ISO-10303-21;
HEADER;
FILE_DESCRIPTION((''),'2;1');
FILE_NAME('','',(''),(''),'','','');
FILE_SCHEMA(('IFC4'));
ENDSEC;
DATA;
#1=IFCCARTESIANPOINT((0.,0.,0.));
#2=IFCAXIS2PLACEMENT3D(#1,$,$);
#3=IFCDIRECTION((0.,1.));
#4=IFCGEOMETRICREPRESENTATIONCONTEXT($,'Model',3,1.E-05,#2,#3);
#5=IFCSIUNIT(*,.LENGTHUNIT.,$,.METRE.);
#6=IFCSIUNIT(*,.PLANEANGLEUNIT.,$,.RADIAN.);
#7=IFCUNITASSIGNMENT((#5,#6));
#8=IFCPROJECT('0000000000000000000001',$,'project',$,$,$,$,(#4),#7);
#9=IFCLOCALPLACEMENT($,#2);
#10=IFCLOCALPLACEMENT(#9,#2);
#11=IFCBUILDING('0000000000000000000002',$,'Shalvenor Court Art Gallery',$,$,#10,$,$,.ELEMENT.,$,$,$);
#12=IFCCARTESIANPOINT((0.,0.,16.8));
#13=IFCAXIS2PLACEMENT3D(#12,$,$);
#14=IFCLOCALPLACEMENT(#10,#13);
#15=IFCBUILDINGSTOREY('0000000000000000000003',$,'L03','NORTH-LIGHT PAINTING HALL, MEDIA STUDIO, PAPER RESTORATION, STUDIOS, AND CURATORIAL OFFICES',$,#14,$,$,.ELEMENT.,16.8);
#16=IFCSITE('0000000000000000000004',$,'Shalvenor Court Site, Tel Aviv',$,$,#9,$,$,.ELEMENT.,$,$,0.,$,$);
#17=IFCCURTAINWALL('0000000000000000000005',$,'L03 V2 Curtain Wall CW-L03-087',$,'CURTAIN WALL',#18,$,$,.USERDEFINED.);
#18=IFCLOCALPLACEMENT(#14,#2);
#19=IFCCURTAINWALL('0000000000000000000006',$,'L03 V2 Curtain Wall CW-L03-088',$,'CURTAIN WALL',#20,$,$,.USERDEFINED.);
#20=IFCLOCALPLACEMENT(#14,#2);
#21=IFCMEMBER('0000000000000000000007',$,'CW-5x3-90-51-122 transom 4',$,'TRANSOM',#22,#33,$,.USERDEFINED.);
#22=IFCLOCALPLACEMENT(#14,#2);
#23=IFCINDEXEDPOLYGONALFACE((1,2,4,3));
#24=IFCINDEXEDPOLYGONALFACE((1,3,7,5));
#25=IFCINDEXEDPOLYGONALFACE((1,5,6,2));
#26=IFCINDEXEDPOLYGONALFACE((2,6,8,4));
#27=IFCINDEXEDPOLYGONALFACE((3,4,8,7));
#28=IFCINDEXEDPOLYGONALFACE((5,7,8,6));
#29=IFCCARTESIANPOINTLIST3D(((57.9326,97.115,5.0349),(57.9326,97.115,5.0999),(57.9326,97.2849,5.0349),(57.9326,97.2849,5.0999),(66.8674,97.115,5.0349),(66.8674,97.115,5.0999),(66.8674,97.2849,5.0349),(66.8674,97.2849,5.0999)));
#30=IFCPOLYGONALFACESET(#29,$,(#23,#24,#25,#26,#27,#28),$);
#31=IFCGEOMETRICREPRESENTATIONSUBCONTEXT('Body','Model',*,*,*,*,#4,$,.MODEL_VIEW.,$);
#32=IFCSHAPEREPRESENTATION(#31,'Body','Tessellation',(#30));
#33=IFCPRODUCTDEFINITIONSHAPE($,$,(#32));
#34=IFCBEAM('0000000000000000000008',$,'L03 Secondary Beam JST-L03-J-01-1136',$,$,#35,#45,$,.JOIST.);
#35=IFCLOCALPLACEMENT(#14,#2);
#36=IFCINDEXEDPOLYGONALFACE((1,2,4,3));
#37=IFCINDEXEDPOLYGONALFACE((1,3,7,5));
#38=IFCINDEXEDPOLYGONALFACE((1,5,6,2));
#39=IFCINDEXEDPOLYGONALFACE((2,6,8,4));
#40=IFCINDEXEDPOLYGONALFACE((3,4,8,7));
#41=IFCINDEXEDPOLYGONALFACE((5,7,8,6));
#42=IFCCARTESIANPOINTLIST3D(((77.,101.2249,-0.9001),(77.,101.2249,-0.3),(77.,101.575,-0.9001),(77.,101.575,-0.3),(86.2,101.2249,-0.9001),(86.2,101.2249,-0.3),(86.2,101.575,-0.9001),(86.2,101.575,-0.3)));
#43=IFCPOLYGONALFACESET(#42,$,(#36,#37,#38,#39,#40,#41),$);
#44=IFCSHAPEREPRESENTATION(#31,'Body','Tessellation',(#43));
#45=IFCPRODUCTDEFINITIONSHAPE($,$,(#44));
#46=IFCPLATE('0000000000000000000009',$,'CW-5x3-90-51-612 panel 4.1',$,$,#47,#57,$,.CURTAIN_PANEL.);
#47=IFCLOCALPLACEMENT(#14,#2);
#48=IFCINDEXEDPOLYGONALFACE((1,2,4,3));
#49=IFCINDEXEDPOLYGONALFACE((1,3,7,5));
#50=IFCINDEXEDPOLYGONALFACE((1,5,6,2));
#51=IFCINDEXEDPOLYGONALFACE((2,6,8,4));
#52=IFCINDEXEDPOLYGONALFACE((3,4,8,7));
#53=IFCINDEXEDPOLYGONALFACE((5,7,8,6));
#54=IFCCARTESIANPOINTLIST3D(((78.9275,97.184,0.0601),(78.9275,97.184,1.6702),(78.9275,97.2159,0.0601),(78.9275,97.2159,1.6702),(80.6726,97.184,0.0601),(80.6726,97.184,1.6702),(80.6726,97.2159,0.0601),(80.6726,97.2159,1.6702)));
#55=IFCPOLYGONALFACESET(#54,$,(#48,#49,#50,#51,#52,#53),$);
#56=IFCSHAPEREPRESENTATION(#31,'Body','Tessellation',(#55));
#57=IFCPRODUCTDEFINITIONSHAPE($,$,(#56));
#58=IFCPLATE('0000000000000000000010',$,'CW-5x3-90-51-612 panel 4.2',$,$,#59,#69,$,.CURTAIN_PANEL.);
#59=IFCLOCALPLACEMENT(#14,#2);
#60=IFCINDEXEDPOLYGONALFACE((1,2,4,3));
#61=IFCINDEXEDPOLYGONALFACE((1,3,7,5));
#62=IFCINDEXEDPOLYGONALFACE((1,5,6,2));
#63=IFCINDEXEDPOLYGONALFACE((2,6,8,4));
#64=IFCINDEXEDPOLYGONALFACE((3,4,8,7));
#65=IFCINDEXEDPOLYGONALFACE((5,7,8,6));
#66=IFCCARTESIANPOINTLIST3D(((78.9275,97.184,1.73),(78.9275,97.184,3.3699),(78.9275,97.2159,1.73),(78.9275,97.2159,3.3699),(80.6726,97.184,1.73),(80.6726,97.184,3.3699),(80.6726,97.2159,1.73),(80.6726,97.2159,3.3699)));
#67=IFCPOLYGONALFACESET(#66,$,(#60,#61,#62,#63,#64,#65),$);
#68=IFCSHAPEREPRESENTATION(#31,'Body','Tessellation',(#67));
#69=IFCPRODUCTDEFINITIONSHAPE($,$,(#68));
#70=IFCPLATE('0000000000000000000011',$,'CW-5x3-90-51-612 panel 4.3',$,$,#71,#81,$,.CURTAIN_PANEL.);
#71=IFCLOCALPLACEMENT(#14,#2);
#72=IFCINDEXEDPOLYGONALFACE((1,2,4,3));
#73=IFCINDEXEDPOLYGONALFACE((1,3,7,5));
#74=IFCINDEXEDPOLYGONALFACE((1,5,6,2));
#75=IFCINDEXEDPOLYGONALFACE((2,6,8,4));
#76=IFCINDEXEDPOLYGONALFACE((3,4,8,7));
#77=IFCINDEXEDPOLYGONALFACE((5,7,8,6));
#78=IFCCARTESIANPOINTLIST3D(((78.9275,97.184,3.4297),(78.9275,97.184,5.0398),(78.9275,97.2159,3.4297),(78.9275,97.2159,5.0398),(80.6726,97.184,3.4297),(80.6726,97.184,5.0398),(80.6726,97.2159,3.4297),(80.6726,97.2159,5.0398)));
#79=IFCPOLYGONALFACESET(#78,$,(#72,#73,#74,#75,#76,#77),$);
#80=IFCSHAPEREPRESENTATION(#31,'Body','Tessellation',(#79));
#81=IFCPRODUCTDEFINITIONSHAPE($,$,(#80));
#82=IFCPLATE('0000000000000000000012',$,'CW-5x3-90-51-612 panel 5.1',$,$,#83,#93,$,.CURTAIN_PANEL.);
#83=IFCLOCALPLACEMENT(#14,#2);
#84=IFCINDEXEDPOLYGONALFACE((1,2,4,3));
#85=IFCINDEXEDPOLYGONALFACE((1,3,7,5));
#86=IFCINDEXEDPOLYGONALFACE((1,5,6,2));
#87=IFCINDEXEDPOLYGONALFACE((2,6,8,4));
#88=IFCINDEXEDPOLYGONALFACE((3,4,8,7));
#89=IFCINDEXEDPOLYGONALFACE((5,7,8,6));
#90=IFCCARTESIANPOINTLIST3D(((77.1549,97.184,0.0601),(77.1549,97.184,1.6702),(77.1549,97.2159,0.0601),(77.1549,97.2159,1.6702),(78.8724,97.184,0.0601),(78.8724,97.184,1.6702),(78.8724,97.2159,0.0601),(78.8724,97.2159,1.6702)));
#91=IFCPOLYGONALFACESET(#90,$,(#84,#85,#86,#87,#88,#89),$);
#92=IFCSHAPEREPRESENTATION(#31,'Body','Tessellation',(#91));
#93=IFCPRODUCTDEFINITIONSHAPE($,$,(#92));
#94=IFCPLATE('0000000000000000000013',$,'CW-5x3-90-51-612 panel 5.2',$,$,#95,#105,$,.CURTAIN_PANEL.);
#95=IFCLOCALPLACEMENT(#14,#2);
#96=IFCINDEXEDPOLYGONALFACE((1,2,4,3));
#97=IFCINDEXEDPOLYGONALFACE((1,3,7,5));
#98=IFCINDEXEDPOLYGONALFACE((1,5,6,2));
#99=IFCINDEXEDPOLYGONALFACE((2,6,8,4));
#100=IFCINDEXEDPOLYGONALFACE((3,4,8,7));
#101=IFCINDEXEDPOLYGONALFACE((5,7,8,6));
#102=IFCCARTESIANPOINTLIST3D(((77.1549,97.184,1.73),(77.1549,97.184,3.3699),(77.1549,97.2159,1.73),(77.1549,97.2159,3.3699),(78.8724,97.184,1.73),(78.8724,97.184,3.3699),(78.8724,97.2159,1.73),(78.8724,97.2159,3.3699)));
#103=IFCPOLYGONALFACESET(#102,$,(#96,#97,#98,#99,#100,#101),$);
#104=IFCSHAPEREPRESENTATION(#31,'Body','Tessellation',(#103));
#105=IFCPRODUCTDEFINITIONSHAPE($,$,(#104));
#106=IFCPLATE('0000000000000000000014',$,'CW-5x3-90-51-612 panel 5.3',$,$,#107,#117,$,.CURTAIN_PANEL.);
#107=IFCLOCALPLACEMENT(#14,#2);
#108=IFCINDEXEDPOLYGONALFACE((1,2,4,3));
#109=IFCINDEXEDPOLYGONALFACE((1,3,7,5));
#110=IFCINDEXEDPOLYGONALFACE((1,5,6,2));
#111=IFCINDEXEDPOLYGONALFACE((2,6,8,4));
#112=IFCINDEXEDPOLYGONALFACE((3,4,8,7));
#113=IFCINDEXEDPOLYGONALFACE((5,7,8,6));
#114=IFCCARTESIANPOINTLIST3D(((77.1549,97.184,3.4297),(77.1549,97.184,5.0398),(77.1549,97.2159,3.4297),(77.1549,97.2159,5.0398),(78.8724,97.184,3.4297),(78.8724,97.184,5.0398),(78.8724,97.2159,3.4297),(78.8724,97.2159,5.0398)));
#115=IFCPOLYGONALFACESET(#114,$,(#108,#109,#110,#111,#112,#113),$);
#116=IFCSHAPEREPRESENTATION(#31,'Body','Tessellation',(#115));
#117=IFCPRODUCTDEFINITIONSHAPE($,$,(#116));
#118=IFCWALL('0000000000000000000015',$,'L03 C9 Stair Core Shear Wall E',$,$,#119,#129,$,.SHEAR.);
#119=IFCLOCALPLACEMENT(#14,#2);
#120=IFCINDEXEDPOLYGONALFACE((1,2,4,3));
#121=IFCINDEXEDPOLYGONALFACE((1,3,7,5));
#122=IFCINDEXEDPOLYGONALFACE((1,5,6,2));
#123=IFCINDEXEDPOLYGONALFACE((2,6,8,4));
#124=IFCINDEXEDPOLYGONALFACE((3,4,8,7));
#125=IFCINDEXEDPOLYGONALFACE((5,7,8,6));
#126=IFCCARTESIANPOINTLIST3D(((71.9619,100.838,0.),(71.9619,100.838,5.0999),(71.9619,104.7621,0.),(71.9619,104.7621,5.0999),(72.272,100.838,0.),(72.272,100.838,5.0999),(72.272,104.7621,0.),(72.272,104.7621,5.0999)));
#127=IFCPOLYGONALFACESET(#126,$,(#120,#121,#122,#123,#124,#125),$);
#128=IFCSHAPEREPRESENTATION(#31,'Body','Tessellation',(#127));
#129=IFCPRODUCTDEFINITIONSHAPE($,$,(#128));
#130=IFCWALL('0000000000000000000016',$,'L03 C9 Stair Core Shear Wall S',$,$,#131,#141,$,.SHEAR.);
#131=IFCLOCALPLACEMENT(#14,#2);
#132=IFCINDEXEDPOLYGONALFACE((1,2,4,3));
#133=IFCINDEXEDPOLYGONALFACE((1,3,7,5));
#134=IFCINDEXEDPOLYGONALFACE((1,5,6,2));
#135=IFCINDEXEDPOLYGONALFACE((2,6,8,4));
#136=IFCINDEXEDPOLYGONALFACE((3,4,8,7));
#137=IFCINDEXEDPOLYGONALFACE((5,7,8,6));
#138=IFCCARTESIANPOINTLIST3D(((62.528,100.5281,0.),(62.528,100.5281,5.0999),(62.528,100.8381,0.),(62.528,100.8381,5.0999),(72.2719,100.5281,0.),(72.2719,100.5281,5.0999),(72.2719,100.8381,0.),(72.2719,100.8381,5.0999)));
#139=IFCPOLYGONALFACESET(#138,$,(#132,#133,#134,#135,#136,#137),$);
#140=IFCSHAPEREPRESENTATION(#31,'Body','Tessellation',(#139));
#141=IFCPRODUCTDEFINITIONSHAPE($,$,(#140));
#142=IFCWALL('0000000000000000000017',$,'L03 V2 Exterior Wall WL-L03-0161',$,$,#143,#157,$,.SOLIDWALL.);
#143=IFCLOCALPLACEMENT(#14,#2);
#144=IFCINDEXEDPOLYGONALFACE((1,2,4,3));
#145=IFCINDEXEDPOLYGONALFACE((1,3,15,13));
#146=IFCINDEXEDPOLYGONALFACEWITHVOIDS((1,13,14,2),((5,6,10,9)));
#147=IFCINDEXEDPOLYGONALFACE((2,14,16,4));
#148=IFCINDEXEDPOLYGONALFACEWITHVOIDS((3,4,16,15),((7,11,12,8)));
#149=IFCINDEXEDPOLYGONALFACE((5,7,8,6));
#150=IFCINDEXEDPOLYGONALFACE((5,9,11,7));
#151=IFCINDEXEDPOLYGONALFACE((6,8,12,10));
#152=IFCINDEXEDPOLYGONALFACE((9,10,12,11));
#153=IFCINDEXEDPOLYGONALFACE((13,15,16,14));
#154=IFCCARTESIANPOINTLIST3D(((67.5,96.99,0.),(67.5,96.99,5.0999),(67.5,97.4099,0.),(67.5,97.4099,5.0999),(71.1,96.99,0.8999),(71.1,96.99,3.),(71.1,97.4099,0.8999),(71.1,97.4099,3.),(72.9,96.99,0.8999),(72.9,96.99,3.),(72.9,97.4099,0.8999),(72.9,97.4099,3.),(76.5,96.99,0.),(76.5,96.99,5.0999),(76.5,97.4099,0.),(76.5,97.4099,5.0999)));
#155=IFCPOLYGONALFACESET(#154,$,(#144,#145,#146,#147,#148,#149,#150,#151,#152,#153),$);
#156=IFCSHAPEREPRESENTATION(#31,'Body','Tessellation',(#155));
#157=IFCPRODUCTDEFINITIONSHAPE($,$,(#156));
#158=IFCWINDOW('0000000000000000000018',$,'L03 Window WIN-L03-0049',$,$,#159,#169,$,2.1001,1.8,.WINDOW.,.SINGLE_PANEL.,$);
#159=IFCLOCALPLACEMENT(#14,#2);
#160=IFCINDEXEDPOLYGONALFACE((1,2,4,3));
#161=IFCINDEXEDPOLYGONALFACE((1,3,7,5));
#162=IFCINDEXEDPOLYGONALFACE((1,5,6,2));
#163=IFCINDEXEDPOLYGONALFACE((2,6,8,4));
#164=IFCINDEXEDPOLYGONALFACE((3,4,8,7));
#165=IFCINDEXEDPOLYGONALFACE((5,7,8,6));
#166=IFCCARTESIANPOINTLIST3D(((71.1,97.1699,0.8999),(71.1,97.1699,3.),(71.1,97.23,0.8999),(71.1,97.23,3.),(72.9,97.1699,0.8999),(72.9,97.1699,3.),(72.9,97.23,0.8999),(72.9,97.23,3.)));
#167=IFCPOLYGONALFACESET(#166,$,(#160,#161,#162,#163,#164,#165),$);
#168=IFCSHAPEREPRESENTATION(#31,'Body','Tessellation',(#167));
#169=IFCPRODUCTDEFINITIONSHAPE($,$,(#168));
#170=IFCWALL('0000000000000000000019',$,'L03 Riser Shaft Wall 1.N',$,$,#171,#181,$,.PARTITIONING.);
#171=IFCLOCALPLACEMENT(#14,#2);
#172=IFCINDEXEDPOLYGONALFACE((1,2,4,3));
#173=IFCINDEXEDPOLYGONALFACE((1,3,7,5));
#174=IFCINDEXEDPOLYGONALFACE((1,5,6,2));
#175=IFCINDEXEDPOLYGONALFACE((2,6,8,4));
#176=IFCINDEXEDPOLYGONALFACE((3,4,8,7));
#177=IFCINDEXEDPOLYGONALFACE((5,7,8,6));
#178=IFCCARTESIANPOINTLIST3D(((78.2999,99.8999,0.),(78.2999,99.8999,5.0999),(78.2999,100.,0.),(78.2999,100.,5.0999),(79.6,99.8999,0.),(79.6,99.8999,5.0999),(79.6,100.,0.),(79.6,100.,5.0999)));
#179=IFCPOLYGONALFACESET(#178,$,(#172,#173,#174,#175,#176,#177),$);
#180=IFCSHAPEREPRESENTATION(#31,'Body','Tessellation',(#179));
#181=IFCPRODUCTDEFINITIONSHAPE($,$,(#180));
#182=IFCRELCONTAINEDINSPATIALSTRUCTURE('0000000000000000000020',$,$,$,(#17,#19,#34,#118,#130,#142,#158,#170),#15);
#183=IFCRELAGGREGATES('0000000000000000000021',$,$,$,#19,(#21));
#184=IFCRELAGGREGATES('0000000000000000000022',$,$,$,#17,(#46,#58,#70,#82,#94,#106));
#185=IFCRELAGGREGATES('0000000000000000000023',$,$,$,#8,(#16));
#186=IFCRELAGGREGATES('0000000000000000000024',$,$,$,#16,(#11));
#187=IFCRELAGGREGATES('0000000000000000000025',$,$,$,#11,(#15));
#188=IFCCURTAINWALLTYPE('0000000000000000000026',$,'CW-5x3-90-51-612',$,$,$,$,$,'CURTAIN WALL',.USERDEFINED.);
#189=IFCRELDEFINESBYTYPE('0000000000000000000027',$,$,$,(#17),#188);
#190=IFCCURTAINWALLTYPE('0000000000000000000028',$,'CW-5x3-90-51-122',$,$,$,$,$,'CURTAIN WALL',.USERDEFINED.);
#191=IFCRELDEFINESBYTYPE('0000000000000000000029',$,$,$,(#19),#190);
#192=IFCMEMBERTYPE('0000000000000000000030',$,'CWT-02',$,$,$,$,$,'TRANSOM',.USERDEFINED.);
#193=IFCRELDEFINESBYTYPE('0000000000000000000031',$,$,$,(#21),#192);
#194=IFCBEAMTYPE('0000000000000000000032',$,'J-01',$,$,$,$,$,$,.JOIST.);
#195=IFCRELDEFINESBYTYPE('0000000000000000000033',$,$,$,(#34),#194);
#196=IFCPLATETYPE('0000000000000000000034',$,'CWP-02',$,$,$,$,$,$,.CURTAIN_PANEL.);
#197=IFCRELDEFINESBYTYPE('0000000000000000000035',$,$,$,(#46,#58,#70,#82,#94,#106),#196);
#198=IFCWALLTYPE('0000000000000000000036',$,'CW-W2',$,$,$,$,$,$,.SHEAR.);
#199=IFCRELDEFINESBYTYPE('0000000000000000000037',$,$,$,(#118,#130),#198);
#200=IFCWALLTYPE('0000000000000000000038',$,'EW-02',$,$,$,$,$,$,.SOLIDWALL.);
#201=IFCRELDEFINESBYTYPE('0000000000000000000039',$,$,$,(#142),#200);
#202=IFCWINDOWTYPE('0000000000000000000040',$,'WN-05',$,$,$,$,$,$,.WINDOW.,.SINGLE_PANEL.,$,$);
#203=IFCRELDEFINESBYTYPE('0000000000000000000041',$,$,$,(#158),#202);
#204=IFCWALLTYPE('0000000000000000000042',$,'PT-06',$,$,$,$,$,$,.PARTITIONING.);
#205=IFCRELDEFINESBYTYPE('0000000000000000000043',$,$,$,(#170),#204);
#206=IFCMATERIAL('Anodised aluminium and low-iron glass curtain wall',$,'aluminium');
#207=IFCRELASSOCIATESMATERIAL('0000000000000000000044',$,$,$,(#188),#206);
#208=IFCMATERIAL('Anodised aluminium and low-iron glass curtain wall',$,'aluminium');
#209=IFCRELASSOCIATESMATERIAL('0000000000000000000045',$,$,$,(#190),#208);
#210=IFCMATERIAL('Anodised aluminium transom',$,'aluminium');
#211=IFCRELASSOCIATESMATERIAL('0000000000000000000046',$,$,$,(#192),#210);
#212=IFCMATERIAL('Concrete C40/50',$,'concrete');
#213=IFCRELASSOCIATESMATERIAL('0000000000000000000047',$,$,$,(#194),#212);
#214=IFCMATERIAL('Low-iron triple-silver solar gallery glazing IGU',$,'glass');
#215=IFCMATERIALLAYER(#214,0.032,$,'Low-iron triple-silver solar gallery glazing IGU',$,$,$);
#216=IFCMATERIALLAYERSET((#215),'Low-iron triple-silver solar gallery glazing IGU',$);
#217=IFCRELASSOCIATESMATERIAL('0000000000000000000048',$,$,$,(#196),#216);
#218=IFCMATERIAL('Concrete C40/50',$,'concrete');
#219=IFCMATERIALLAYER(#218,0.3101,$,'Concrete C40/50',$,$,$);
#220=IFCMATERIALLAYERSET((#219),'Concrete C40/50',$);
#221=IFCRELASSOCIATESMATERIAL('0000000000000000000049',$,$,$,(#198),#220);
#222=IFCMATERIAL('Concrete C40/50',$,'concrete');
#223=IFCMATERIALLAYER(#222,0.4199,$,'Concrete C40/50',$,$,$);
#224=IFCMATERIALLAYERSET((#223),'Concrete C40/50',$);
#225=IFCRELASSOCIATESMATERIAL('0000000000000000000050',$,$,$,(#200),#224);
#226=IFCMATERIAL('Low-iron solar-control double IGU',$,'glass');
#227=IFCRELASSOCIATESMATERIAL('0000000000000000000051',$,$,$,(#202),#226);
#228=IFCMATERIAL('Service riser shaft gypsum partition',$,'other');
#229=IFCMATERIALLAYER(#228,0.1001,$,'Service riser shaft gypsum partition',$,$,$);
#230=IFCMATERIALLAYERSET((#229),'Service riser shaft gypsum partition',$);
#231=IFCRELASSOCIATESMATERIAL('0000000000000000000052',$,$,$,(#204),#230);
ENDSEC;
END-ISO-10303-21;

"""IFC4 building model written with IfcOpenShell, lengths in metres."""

from ifc_helpers import new_model, si_unit, direction, frame, frame_2d, origin, origin_2d, place, context, subcontext, project, spatial, rectangle, extrude, material, layer, layer_set, material_profile, profile_set, type_object, element, fill, aggregate, save


model = new_model("IFC4")

# Units and contexts
model_context = context("Model", 3, precision=1e-05, world=origin(), true_north=direction((0.0, 1.0)))
body_context = subcontext(model_context, "Body", "Model", "MODEL_VIEW")
ifc_project = project(units=[si_unit("LENGTHUNIT", "METRE"), si_unit("PLANEANGLEUNIT", "RADIAN")], contexts=[model_context])

# Site, building, storey
site_placement = place(None, origin())
site = spatial("IfcSite", under=ifc_project, at=site_placement, Name="Shalvenor Court Site, Tel Aviv", CompositionType="ELEMENT", RefElevation=0.0)
building_placement = place(site_placement, origin())
building = spatial("IfcBuilding", under=site, at=building_placement, Name="Shalvenor Court Art Gallery", CompositionType="ELEMENT")
storey_placement = place(building_placement, frame((0.0, 0.0, 16.8)))
storey = spatial("IfcBuildingStorey", under=building, at=storey_placement, Name="L03", Description="NORTH-LIGHT PAINTING HALL, MEDIA STUDIO, PAPER RESTORATION, STUDIOS, AND CURATORIAL OFFICES", CompositionType="ELEMENT", Elevation=16.8)

# Curtain walls, member
ifc_material_1 = material(Name="Anodised aluminium and low-iron glass curtain wall", Category="aluminium")
curtain_wall_type_1 = type_object("IfcCurtainWallType", Name="CW-5x3-90-51-612", ElementType="CURTAIN WALL", PredefinedType="USERDEFINED", material=ifc_material_1)
curtain_wall_1_placement = place(storey_placement, origin())
curtain_wall_1 = element("IfcCurtainWall", 1, at=curtain_wall_1_placement, inside=storey, type_object=curtain_wall_type_1, Name="L03 V2 Curtain Wall CW-L03-087", ObjectType="CURTAIN WALL", PredefinedType="USERDEFINED")
ifc_material_2 = material(Name="Anodised aluminium and low-iron glass curtain wall", Category="aluminium")
curtain_wall_type_2 = type_object("IfcCurtainWallType", Name="CW-5x3-90-51-122", ElementType="CURTAIN WALL", PredefinedType="USERDEFINED", material=ifc_material_2)
curtain_wall_2_placement = place(storey_placement, origin())
curtain_wall_2 = element("IfcCurtainWall", 2, at=curtain_wall_2_placement, inside=storey, type_object=curtain_wall_type_2, Name="L03 V2 Curtain Wall CW-L03-088", ObjectType="CURTAIN WALL", PredefinedType="USERDEFINED")
ifc_material_3 = material(Name="Anodised aluminium transom", Category="aluminium")
ifc_material_profile_1 = material_profile(ifc_material_3, rectangle(XDim=0.1699, YDim=0.0649, at=origin_2d()), Name="CWT-02")
ifc_profile_set_1 = profile_set([ifc_material_profile_1], Name="Anodised aluminium transom")
member_type_1 = type_object("IfcMemberType", Name="CWT-02", ElementType="TRANSOM", PredefinedType="USERDEFINED", material=ifc_profile_set_1)
member_1_placement = place(storey_placement, frame((66.8674, 97.2, 5.0674), z_axis=(-1.0, 0.0, 0.0), x_axis=(0.0, -1.0, 0.0)))
member_1 = element("IfcMember", 3, at=member_1_placement, type_object=member_type_1, Name="CW-5x3-90-51-122 transom 4", ObjectType="TRANSOM", PredefinedType="USERDEFINED", context=body_context, shape_type="SweptSolid", body=[
    extrude(rectangle(XDim=0.1699, YDim=0.0649, at=origin_2d()), origin(), (0.0, 0.0, 1.0), 8.9348),
])
aggregate(curtain_wall_2, [member_1])

# Beam
ifc_material_4 = material(Name="Concrete C40/50", Category="concrete")
ifc_material_profile_2 = material_profile(ifc_material_4, rectangle(XDim=0.3501, YDim=0.6001, at=origin_2d()), Name="RC 350x600")
ifc_profile_set_2 = profile_set([ifc_material_profile_2], Name="Concrete C40/50")
beam_type_1 = type_object("IfcBeamType", Name="J-01", PredefinedType="JOIST", material=ifc_profile_set_2)
beam_1_placement = place(storey_placement, frame((77.0, 101.3999, -0.6001), z_axis=(1.0, 0.0, 0.0), x_axis=(0.0, 1.0, 0.0)))
element("IfcBeam", 4, at=beam_1_placement, inside=storey, type_object=beam_type_1, Name="L03 Secondary Beam JST-L03-J-01-1136", PredefinedType="JOIST", context=body_context, shape_type="SweptSolid", body=[
    extrude(rectangle(XDim=0.3501, YDim=0.6001, at=origin_2d()), origin(), (0.0, 0.0, 1.0), 9.2),
])

# Plates
ifc_material_5 = material(Name="Low-iron triple-silver solar gallery glazing IGU", Category="glass")
ifc_layer_1 = layer(ifc_material_5, 0.032, Name="Low-iron triple-silver solar gallery glazing IGU")
ifc_layer_set_1 = layer_set([ifc_layer_1], Name="Low-iron triple-silver solar gallery glazing IGU")
plate_type = type_object("IfcPlateType", Name="CWP-02", PredefinedType="CURTAIN_PANEL", material=ifc_layer_set_1)
plate_1_placement = place(storey_placement, frame((79.8, 97.2, 0.0601), z_axis=(0.0, 0.0, 1.0), x_axis=(-1.0, 0.0, 0.0)))
plate_1 = element("IfcPlate", 5, at=plate_1_placement, type_object=plate_type, Name="CW-5x3-90-51-612 panel 4.1", PredefinedType="CURTAIN_PANEL", context=body_context, shape_type="SweptSolid", body=[
    extrude(rectangle(XDim=1.7451, YDim=0.032, at=origin_2d()), origin(), (0.0, 0.0, 1.0), 1.6101),
])
plate_2_placement = place(storey_placement, frame((79.8, 97.2, 1.73), z_axis=(0.0, 0.0, 1.0), x_axis=(-1.0, 0.0, 0.0)))
plate_2 = element("IfcPlate", 6, at=plate_2_placement, type_object=plate_type, Name="CW-5x3-90-51-612 panel 4.2", PredefinedType="CURTAIN_PANEL", context=body_context, shape_type="SweptSolid", body=[
    extrude(rectangle(XDim=1.7451, YDim=0.032, at=origin_2d()), origin(), (0.0, 0.0, 1.0), 1.6399),
])
plate_3_placement = place(storey_placement, frame((79.8, 97.2, 3.4297), z_axis=(0.0, 0.0, 1.0), x_axis=(-1.0, 0.0, 0.0)))
plate_3 = element("IfcPlate", 7, at=plate_3_placement, type_object=plate_type, Name="CW-5x3-90-51-612 panel 4.3", PredefinedType="CURTAIN_PANEL", context=body_context, shape_type="SweptSolid", body=[
    extrude(rectangle(XDim=1.7451, YDim=0.032, at=origin_2d()), origin(), (0.0, 0.0, 1.0), 1.6101),
])
plate_4_placement = place(storey_placement, frame((78.0137, 97.2, 0.0601), z_axis=(0.0, 0.0, 1.0), x_axis=(-1.0, 0.0, 0.0)))
plate_4 = element("IfcPlate", 8, at=plate_4_placement, type_object=plate_type, Name="CW-5x3-90-51-612 panel 5.1", PredefinedType="CURTAIN_PANEL", context=body_context, shape_type="SweptSolid", body=[
    extrude(rectangle(XDim=1.7175, YDim=0.032, at=origin_2d()), origin(), (0.0, 0.0, 1.0), 1.6101),
])
plate_5_placement = place(storey_placement, frame((78.0137, 97.2, 1.73), z_axis=(0.0, 0.0, 1.0), x_axis=(-1.0, 0.0, 0.0)))
plate_5 = element("IfcPlate", 9, at=plate_5_placement, type_object=plate_type, Name="CW-5x3-90-51-612 panel 5.2", PredefinedType="CURTAIN_PANEL", context=body_context, shape_type="SweptSolid", body=[
    extrude(rectangle(XDim=1.7175, YDim=0.032, at=origin_2d()), origin(), (0.0, 0.0, 1.0), 1.6399),
])
plate_6_placement = place(storey_placement, frame((78.0137, 97.2, 3.4297), z_axis=(0.0, 0.0, 1.0), x_axis=(-1.0, 0.0, 0.0)))
plate_6 = element("IfcPlate", 10, at=plate_6_placement, type_object=plate_type, Name="CW-5x3-90-51-612 panel 5.3", PredefinedType="CURTAIN_PANEL", context=body_context, shape_type="SweptSolid", body=[
    extrude(rectangle(XDim=1.7175, YDim=0.032, at=origin_2d()), origin(), (0.0, 0.0, 1.0), 1.6101),
])
aggregate(curtain_wall_1, [plate_1, plate_2, plate_3, plate_4, plate_5, plate_6])

# Walls
ifc_material_6 = material(Name="Concrete C40/50", Category="concrete")
ifc_layer_2 = layer(ifc_material_6, 0.3101, Name="Concrete C40/50")
ifc_layer_set_2 = layer_set([ifc_layer_2], Name="Concrete C40/50")
wall_type_1 = type_object("IfcWallType", Name="CW-W2", PredefinedType="SHEAR", material=ifc_layer_set_2)
wall_1_placement = place(storey_placement, frame((72.1169, 104.762, 0.0), z_axis=(0.0, 0.0, 1.0), x_axis=(0.0, -1.0, 0.0)))
element("IfcWall", 11, at=wall_1_placement, inside=storey, type_object=wall_type_1, Name="L03 C9 Stair Core Shear Wall E", PredefinedType="SHEAR", context=body_context, shape_type="SweptSolid", body=[
    extrude(rectangle(XDim=3.9241, YDim=0.3101, at=frame_2d((1.9619, 0.0))), origin(), (0.0, 0.0, 1.0), 5.0999),
])
wall_2_placement = place(storey_placement, frame((72.272, 100.6831, 0.0), z_axis=(0.0, 0.0, 1.0), x_axis=(-1.0, 0.0, 0.0)))
element("IfcWall", 12, at=wall_2_placement, inside=storey, type_object=wall_type_1, Name="L03 C9 Stair Core Shear Wall S", PredefinedType="SHEAR", context=body_context, shape_type="SweptSolid", body=[
    extrude(rectangle(XDim=9.7439, YDim=0.3101, at=frame_2d((4.8721, 0.0))), origin(), (0.0, 0.0, 1.0), 5.0999),
])

# Wall, opening, window
ifc_material_7 = material(Name="Concrete C40/50", Category="concrete")
ifc_layer_3 = layer(ifc_material_7, 0.4199, Name="Concrete C40/50")
ifc_layer_set_3 = layer_set([ifc_layer_3], Name="Concrete C40/50")
wall_type_2 = type_object("IfcWallType", Name="EW-02", PredefinedType="SOLIDWALL", material=ifc_layer_set_3)
wall_3_placement = place(storey_placement, frame((76.5, 97.2, 0.0), z_axis=(0.0, 0.0, 1.0), x_axis=(-1.0, 0.0, 0.0)))
wall_3 = element("IfcWall", 13, at=wall_3_placement, inside=storey, type_object=wall_type_2, Name="L03 V2 Exterior Wall WL-L03-0161", PredefinedType="SOLIDWALL", context=body_context, shape_type="SweptSolid", body=[
    extrude(rectangle(XDim=9.0, YDim=0.4199, at=frame_2d((4.5, 0.0))), origin(), (0.0, 0.0, 1.0), 5.0999),
])
opening_placement = place(wall_3_placement, frame((3.6001, 0.0, 0.8999)))
opening = element("IfcOpeningElement", 14, at=opening_placement, cuts=wall_3, PredefinedType="OPENING", context=body_context, shape_type="SweptSolid", body=[
    extrude(rectangle(XDim=1.8, YDim=2.1001, at=frame_2d((0.8999, 1.05))), frame((0.0, 0.22, 0.0), z_axis=(0.0, -1.0, 0.0), x_axis=(1.0, 0.0, 0.0)), (0.0, 0.0, 1.0), 0.4399),
])
ifc_material_8 = material(Name="Low-iron solar-control double IGU", Category="glass")
window_type = type_object("IfcWindowType", Name="WN-05", PartitioningType="SINGLE_PANEL", PredefinedType="WINDOW", material=ifc_material_8)
window_placement = place(opening_placement, origin())
window = element("IfcWindow", 15, at=window_placement, inside=storey, type_object=window_type, Name="L03 Window WIN-L03-0049", OverallHeight=2.1001, OverallWidth=1.8, PartitioningType="SINGLE_PANEL", PredefinedType="WINDOW", context=body_context, shape_type="SweptSolid", body=[
    extrude(rectangle(XDim=1.8, YDim=2.1001, at=frame_2d((0.8999, 1.05))), frame((0.0, 0.03, 0.0), z_axis=(0.0, -1.0, 0.0), x_axis=(1.0, 0.0, 0.0)), (0.0, 0.0, 1.0), 0.0601),
])
fill(opening, window)

# Wall
ifc_material_9 = material(Name="Service riser shaft gypsum partition", Category="other")
ifc_layer_4 = layer(ifc_material_9, 0.1001, Name="Service riser shaft gypsum partition")
ifc_layer_set_4 = layer_set([ifc_layer_4], Name="Service riser shaft gypsum partition")
wall_type_3 = type_object("IfcWallType", Name="PT-06", PredefinedType="PARTITIONING", material=ifc_layer_set_4)
for number, where, z_axis, x_axis, name in (
    (16, (78.3, 99.95, 0.0), (0.0, 0.0, 1.0), (1.0, 0.0, 0.0), "L03 Riser Shaft Wall 1.N"),
):
    element("IfcWall", number, at=place(storey_placement, frame(where, z_axis=z_axis, x_axis=x_axis)), inside=storey, type_object=wall_type_3, Name=name, PredefinedType="PARTITIONING", context=body_context, shape_type="SweptSolid", body=[
        extrude(rectangle(XDim=1.3, YDim=0.1001, at=frame_2d((0.6499, 0.0))), origin(), (0.0, 0.0, 1.0), 5.0999),
    ])

save(model, "model.ifc")
